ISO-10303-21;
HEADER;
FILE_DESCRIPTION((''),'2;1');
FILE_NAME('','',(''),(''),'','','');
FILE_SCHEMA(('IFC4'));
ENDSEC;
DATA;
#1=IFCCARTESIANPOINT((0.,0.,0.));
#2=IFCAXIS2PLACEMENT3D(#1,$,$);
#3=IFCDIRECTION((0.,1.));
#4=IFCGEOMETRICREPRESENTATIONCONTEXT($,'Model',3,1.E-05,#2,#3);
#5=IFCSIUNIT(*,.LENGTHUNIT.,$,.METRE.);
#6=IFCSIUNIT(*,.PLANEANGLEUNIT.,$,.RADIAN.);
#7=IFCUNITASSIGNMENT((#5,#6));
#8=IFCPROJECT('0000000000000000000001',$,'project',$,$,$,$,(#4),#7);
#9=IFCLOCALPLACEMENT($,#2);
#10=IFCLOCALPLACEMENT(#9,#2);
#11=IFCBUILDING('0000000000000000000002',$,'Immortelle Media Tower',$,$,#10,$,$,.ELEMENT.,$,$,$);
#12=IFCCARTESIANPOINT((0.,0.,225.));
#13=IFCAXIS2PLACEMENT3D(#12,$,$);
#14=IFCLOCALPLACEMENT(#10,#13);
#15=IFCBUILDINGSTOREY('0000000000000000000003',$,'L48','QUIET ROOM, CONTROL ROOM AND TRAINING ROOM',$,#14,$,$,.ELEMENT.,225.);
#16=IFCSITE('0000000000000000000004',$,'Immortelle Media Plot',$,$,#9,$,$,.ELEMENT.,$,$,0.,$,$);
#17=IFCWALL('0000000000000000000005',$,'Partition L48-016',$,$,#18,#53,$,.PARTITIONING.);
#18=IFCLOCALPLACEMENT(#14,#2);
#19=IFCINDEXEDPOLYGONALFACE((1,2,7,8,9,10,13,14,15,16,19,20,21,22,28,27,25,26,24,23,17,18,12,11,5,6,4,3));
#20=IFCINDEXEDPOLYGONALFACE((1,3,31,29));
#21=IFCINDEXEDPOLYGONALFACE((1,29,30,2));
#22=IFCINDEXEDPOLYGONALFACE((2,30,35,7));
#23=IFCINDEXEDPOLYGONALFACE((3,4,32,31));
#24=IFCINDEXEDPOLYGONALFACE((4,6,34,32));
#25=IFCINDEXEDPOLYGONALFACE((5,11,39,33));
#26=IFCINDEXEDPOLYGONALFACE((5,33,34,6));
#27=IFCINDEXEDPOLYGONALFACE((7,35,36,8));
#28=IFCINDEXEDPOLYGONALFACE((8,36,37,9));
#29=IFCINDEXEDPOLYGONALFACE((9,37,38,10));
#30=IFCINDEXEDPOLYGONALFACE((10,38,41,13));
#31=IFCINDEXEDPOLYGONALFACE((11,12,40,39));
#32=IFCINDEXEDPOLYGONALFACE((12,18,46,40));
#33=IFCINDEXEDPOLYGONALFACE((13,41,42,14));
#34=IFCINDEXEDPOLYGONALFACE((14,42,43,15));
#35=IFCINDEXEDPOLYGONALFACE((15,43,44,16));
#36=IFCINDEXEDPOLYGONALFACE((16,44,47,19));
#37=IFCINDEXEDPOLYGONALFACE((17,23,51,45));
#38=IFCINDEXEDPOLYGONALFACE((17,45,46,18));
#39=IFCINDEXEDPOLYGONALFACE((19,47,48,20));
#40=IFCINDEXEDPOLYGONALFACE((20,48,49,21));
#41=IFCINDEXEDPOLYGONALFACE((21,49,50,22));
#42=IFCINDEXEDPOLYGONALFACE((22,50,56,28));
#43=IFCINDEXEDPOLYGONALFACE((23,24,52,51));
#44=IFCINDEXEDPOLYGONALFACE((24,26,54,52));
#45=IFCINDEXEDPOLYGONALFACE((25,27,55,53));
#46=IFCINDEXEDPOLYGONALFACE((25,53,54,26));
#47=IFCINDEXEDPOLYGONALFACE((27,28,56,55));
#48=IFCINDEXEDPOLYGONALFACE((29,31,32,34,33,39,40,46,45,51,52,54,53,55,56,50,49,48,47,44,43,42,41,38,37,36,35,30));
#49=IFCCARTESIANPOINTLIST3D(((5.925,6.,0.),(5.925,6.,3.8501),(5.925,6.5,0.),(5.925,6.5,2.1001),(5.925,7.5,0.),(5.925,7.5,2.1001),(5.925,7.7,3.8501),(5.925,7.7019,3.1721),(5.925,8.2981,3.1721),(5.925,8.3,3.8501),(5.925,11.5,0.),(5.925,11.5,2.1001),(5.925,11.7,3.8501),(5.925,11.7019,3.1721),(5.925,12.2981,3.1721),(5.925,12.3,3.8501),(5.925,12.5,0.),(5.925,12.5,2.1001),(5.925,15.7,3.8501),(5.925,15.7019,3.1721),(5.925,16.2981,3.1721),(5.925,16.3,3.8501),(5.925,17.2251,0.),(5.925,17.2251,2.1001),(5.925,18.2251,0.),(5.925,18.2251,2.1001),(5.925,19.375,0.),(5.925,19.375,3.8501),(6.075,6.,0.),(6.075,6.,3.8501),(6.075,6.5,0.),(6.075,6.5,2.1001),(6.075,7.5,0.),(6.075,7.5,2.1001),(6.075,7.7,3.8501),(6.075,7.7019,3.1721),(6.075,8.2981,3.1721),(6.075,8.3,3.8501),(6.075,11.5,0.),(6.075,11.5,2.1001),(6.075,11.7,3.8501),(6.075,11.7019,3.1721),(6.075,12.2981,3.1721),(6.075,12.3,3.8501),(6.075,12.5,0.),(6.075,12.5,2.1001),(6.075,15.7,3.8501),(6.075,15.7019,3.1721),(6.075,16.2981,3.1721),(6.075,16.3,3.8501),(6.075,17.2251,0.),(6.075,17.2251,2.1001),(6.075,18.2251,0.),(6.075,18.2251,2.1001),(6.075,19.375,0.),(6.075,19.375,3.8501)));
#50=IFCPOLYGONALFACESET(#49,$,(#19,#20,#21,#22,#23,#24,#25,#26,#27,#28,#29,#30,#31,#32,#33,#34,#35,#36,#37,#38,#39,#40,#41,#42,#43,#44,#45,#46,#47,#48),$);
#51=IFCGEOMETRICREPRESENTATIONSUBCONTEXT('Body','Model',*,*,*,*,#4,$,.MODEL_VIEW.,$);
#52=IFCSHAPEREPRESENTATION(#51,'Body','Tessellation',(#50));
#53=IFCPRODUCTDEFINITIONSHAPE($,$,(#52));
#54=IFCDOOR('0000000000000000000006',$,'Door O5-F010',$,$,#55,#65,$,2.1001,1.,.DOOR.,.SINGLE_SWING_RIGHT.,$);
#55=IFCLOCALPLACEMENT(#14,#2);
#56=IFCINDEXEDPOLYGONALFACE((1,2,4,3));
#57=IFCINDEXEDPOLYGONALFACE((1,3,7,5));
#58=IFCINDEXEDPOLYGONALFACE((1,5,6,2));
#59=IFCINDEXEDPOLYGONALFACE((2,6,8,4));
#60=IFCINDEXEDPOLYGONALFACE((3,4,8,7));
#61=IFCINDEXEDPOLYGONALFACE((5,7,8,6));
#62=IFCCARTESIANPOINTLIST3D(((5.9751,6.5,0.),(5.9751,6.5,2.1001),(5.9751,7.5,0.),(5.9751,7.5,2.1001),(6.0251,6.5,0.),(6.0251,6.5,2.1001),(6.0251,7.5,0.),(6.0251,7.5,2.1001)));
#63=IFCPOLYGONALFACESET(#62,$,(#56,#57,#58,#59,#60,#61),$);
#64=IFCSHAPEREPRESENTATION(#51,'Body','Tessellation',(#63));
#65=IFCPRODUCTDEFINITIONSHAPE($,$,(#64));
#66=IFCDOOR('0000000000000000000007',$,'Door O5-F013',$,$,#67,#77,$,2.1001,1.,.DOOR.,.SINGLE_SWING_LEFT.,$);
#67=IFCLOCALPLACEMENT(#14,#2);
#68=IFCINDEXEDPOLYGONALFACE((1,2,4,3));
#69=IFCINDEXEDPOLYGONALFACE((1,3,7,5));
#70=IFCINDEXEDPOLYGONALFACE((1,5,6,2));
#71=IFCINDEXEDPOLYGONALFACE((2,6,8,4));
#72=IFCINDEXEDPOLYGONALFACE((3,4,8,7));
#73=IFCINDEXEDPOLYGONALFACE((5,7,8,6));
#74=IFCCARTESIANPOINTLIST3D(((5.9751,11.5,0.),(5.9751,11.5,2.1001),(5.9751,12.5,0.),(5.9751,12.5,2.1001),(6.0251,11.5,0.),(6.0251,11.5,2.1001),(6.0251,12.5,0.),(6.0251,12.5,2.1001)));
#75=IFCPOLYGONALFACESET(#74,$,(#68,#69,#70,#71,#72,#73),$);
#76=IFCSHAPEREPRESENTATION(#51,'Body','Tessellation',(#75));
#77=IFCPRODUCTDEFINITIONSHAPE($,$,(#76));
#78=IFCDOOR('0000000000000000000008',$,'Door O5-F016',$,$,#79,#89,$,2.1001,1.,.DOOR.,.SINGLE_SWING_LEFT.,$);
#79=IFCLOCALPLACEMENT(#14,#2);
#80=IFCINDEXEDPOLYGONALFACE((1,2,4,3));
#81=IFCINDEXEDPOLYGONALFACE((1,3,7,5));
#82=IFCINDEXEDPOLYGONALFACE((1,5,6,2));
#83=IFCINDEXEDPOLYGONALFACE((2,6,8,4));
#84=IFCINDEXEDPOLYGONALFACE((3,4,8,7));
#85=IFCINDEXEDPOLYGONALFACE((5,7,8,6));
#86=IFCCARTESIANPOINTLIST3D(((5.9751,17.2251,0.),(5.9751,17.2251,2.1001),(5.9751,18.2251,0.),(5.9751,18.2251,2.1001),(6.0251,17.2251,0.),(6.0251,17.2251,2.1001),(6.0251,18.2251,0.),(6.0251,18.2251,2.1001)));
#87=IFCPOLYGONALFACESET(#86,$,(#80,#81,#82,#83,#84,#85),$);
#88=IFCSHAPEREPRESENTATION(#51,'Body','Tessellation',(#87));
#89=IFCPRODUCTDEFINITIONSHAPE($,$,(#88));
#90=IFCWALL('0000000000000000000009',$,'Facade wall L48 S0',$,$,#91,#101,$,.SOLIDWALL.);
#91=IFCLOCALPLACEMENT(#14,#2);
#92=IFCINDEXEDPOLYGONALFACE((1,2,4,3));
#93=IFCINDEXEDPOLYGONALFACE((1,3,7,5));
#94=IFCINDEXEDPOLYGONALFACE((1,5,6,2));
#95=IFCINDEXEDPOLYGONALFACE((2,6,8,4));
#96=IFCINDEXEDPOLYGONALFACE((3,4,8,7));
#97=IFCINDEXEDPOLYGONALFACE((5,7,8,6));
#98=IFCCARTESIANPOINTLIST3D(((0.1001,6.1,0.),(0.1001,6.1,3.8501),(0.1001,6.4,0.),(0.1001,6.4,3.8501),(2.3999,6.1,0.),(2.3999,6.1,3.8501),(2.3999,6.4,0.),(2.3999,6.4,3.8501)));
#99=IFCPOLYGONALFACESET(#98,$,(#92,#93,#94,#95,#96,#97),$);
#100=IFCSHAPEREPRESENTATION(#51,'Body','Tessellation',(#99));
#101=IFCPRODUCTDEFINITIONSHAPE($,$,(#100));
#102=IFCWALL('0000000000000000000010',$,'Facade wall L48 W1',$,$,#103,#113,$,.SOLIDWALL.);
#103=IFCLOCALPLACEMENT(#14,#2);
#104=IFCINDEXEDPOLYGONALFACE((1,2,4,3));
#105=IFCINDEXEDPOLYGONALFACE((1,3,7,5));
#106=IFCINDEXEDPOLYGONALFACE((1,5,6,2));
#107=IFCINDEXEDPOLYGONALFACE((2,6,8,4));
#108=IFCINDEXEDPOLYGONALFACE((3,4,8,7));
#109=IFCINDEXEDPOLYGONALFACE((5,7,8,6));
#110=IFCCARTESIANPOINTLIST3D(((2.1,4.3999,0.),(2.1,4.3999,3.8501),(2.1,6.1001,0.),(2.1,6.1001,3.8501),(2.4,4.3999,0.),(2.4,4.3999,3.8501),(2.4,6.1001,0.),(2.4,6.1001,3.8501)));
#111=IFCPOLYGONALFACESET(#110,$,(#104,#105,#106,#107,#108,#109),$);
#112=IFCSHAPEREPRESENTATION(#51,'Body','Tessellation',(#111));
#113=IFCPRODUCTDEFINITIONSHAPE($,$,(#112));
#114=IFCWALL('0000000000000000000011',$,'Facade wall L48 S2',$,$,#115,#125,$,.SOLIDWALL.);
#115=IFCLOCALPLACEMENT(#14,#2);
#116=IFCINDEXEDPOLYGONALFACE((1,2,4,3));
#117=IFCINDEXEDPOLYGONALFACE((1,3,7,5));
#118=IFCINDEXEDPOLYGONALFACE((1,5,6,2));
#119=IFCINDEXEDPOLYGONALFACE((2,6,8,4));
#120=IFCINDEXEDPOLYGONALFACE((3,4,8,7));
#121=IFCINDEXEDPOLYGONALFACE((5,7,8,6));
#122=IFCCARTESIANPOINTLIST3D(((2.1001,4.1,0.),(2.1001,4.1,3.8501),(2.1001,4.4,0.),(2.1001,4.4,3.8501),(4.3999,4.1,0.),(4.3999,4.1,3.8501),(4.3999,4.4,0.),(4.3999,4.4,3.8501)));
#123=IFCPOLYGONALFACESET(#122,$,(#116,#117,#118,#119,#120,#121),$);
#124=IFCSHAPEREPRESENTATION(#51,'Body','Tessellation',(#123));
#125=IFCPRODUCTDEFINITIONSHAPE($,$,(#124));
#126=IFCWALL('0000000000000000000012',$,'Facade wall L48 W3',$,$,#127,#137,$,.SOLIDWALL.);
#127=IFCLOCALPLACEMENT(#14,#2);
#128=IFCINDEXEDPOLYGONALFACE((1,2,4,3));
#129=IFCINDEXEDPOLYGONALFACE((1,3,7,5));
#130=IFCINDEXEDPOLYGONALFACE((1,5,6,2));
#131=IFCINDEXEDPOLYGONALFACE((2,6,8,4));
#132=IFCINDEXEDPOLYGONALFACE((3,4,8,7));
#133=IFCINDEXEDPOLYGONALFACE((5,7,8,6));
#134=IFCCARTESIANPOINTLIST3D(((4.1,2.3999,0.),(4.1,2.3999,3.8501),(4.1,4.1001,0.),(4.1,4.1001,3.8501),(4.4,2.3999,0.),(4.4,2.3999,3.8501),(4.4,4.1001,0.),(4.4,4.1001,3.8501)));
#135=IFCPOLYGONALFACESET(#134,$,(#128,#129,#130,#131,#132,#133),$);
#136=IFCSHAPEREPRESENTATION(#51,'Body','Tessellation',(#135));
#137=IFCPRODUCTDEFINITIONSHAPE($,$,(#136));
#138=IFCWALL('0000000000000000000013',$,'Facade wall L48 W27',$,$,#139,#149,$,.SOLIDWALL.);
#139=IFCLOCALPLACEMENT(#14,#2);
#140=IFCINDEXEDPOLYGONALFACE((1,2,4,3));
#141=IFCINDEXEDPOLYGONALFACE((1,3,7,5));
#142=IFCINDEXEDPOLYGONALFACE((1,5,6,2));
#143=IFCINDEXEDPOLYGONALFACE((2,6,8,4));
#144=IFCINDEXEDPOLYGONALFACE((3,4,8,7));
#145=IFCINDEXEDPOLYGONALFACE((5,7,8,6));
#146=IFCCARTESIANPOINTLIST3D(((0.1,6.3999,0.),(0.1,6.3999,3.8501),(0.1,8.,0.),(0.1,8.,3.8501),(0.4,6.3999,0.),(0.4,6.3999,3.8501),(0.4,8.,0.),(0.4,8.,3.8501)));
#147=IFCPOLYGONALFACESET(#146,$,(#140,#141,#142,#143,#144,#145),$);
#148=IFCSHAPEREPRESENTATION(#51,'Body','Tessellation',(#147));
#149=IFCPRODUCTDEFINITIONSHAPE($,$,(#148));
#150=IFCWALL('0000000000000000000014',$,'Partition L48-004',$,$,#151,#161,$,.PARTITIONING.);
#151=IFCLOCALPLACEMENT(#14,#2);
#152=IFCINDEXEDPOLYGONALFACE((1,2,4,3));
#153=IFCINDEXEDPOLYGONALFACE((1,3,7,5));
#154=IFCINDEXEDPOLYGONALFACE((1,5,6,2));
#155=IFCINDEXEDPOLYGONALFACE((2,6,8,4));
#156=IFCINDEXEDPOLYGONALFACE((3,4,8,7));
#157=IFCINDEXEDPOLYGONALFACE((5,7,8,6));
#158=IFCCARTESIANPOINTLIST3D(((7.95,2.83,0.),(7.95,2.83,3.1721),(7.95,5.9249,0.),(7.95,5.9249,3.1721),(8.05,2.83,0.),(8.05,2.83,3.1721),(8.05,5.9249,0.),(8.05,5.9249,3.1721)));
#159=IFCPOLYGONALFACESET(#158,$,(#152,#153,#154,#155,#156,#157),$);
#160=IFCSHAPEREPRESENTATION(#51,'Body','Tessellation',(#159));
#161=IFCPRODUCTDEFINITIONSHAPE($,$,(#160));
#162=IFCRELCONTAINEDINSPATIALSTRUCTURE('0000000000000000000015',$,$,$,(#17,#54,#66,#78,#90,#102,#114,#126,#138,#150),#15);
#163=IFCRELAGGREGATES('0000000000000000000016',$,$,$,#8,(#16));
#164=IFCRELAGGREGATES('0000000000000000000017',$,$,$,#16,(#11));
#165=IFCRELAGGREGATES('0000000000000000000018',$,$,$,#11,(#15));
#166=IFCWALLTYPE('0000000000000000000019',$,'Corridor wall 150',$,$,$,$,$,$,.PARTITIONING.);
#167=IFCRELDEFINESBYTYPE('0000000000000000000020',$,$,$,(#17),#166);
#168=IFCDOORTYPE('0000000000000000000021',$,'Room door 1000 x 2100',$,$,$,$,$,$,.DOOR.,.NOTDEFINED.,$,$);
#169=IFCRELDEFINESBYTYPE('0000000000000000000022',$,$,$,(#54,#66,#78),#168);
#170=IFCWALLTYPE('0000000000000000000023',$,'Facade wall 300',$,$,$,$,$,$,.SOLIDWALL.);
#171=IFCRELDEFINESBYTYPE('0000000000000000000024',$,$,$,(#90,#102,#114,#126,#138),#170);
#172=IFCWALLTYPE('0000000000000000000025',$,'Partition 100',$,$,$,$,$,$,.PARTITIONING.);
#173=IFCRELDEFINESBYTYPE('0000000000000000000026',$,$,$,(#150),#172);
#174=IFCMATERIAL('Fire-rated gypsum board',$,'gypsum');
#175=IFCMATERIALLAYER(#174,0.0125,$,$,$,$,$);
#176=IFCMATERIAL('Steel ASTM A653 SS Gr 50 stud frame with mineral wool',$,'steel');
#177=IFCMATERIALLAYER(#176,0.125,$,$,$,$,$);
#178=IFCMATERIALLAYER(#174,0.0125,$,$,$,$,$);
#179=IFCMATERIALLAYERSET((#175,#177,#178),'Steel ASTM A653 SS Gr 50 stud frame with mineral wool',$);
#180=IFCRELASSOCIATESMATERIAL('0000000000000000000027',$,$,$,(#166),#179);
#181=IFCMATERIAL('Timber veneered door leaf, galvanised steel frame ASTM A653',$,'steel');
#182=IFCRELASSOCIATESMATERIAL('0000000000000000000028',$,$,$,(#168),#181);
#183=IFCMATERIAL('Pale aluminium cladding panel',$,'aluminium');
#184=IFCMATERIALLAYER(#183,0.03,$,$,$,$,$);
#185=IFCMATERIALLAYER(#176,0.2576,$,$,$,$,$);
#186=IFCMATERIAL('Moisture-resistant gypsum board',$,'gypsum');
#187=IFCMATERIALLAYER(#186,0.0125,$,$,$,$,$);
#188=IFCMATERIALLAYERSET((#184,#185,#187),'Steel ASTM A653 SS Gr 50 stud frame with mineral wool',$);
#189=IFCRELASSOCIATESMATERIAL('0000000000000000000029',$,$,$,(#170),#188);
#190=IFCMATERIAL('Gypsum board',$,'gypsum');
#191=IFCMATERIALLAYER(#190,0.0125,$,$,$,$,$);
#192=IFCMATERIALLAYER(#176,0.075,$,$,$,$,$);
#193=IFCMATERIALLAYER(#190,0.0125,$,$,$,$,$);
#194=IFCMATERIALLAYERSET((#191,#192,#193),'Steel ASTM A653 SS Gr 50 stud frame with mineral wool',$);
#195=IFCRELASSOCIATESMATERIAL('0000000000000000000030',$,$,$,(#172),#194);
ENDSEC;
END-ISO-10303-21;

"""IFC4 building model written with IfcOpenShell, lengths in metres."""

from ifc_helpers import new_model, si_unit, direction, frame, frame_2d, origin, place, context, subcontext, project, spatial, polyline, rectangle, outline, extrude, material, layer, layer_set, type_object, element, fill, save


model = new_model("IFC4")

# Units and contexts
model_context = context("Model", 3, precision=1e-05, world=origin(), true_north=direction((0.0, 1.0)))
body_context = subcontext(model_context, "Body", "Model", "MODEL_VIEW")
ifc_project = project(units=[si_unit("LENGTHUNIT", "METRE"), si_unit("PLANEANGLEUNIT", "RADIAN")], contexts=[model_context])

# Site, building, storey
site_placement = place(None, origin())
site = spatial("IfcSite", under=ifc_project, at=site_placement, Name="Immortelle Media Plot", CompositionType="ELEMENT", RefElevation=0.0)
building_placement = place(site_placement, origin())
building = spatial("IfcBuilding", under=site, at=building_placement, Name="Immortelle Media Tower", CompositionType="ELEMENT")
storey_placement = place(building_placement, frame((0.0, 0.0, 225.0)))
storey = spatial("IfcBuildingStorey", under=building, at=storey_placement, Name="L48", Description="QUIET ROOM, CONTROL ROOM AND TRAINING ROOM", CompositionType="ELEMENT", Elevation=225.0)

# Wall, openings, doors
ifc_material_1 = material(Name="Fire-rated gypsum board", Category="gypsum")
ifc_layer_1 = layer(ifc_material_1, 0.0125)
ifc_material_2 = material(Name="Steel ASTM A653 SS Gr 50 stud frame with mineral wool", Category="steel")
ifc_layer_2 = layer(ifc_material_2, 0.125)
ifc_layer_3 = layer(ifc_material_1, 0.0125)
ifc_layer_set_1 = layer_set([ifc_layer_1, ifc_layer_2, ifc_layer_3], Name="Steel ASTM A653 SS Gr 50 stud frame with mineral wool")
wall_type_1 = type_object("IfcWallType", Name="Corridor wall 150", PredefinedType="PARTITIONING", material=ifc_layer_set_1)
ifc_material_3 = material(Name="Timber veneered door leaf, galvanised steel frame ASTM A653", Category="steel")
door_type = type_object("IfcDoorType", Name="Room door 1000 x 2100", OperationType="NOTDEFINED", PredefinedType="DOOR", material=ifc_material_3)
wall_1_placement = place(storey_placement, frame((6.0, 6.0, 0.0), z_axis=(0.0, 0.0, 1.0), x_axis=(0.0, 1.0, 0.0)))
wall_1 = element("IfcWall", 1, at=wall_1_placement, inside=storey, type_object=wall_type_1, Name="Partition L48-016", PredefinedType="PARTITIONING", context=body_context, shape_type="SweptSolid", body=[
    extrude(outline(polyline([(0.0, 0.0), (13.375, 0.0), (13.375, 3.8501), (10.3, 3.8501), (10.2981, 3.1721), (9.7019, 3.1721), (9.7, 3.8501), (6.3, 3.8501), (6.2981, 3.1721), (5.7019, 3.1721), (5.7, 3.8501), (2.3, 3.8501), (2.2981, 3.1721), (1.7019, 3.1721), (1.7, 3.8501), (0.0, 3.8501), (0.0, 0.0)])), frame((0.0, 0.075, 0.0), z_axis=(0.0, -1.0, 0.0), x_axis=(1.0, 0.0, 0.0)), (0.0, 0.0, 1.0), 0.1499),
])
opening_1_placement = place(wall_1_placement, frame((0.5, 0.0, 0.0)))
opening_1 = element("IfcOpeningElement", 2, at=opening_1_placement, cuts=wall_1, PredefinedType="OPENING", context=body_context, shape_type="SweptSolid", body=[
    extrude(rectangle(XDim=1.0, YDim=2.1001, at=frame_2d((0.5, 1.05))), frame((0.0, 0.085, 0.0), z_axis=(0.0, -1.0, 0.0), x_axis=(1.0, 0.0, 0.0)), (0.0, 0.0, 1.0), 0.1699),
])
opening_2_placement = place(wall_1_placement, frame((5.5, 0.0, 0.0)))
opening_2 = element("IfcOpeningElement", 3, at=opening_2_placement, cuts=wall_1, PredefinedType="OPENING", context=body_context, shape_type="SweptSolid", body=[
    extrude(rectangle(XDim=1.0, YDim=2.1001, at=frame_2d((0.5, 1.05))), frame((0.0, 0.085, 0.0), z_axis=(0.0, -1.0, 0.0), x_axis=(1.0, 0.0, 0.0)), (0.0, 0.0, 1.0), 0.1699),
])
opening_3_placement = place(wall_1_placement, frame((11.2251, 0.0, 0.0)))
opening_3 = element("IfcOpeningElement", 4, at=opening_3_placement, cuts=wall_1, PredefinedType="OPENING", context=body_context, shape_type="SweptSolid", body=[
    extrude(rectangle(XDim=1.0, YDim=2.1001, at=frame_2d((0.5, 1.05))), frame((0.0, 0.085, 0.0), z_axis=(0.0, -1.0, 0.0), x_axis=(1.0, 0.0, 0.0)), (0.0, 0.0, 1.0), 0.1699),
])
door_1_placement = place(opening_1_placement, origin())
door_1 = element("IfcDoor", 5, at=door_1_placement, inside=storey, type_object=door_type, Name="Door O5-F010", OperationType="SINGLE_SWING_RIGHT", OverallHeight=2.1001, OverallWidth=1.0, PredefinedType="DOOR", context=body_context, shape_type="SweptSolid", body=[
    extrude(rectangle(XDim=1.0, YDim=2.1001, at=frame_2d((0.5, 1.05))), frame((0.0, 0.0249, 0.0), z_axis=(0.0, -1.0, 0.0), x_axis=(1.0, 0.0, 0.0)), (0.0, 0.0, 1.0), 0.05),
])
fill(opening_1, door_1)
door_2_placement = place(opening_2_placement, origin())
door_2 = element("IfcDoor", 6, at=door_2_placement, inside=storey, type_object=door_type, Name="Door O5-F013", OperationType="SINGLE_SWING_LEFT", OverallHeight=2.1001, OverallWidth=1.0, PredefinedType="DOOR", context=body_context, shape_type="SweptSolid", body=[
    extrude(rectangle(XDim=1.0, YDim=2.1001, at=frame_2d((0.5, 1.05))), frame((0.0, 0.0249, 0.0), z_axis=(0.0, -1.0, 0.0), x_axis=(1.0, 0.0, 0.0)), (0.0, 0.0, 1.0), 0.05),
])
fill(opening_2, door_2)
door_3_placement = place(opening_3_placement, origin())
door_3 = element("IfcDoor", 7, at=door_3_placement, inside=storey, type_object=door_type, Name="Door O5-F016", OperationType="SINGLE_SWING_LEFT", OverallHeight=2.1001, OverallWidth=1.0, PredefinedType="DOOR", context=body_context, shape_type="SweptSolid", body=[
    extrude(rectangle(XDim=1.0, YDim=2.1001, at=frame_2d((0.5, 1.05))), frame((0.0, 0.0249, 0.0), z_axis=(0.0, -1.0, 0.0), x_axis=(1.0, 0.0, 0.0)), (0.0, 0.0, 1.0), 0.05),
])
fill(opening_3, door_3)

# Walls
ifc_material_4 = material(Name="Pale aluminium cladding panel", Category="aluminium")
ifc_layer_4 = layer(ifc_material_4, 0.03)
ifc_layer_5 = layer(ifc_material_2, 0.2576)
ifc_material_5 = material(Name="Moisture-resistant gypsum board", Category="gypsum")
ifc_layer_6 = layer(ifc_material_5, 0.0125)
ifc_layer_set_2 = layer_set([ifc_layer_4, ifc_layer_5, ifc_layer_6], Name="Steel ASTM A653 SS Gr 50 stud frame with mineral wool")
wall_type_2 = type_object("IfcWallType", Name="Facade wall 300", PredefinedType="SOLIDWALL", material=ifc_layer_set_2)
wall_2_placement = place(storey_placement, frame((0.1001, 6.25, 0.0), z_axis=(0.0, 0.0, 1.0), x_axis=(1.0, 0.0, 0.0)))
element("IfcWall", 8, at=wall_2_placement, inside=storey, type_object=wall_type_2, Name="Facade wall L48 S0", PredefinedType="SOLIDWALL", context=body_context, shape_type="SweptSolid", body=[
    extrude(rectangle(XDim=2.2998, YDim=0.3, at=frame_2d((1.1499, 0.0))), origin(), (0.0, 0.0, 1.0), 3.8501),
])
wall_3_placement = place(storey_placement, frame((2.25, 6.1001, 0.0), z_axis=(0.0, 0.0, 1.0), x_axis=(0.0, -1.0, 0.0)))
element("IfcWall", 9, at=wall_3_placement, inside=storey, type_object=wall_type_2, Name="Facade wall L48 W1", PredefinedType="SOLIDWALL", context=body_context, shape_type="SweptSolid", body=[
    extrude(rectangle(XDim=1.7002, YDim=0.3, at=frame_2d((0.8501, 0.0))), origin(), (0.0, 0.0, 1.0), 3.8501),
])
wall_4_placement = place(storey_placement, frame((2.1001, 4.25, 0.0), z_axis=(0.0, 0.0, 1.0), x_axis=(1.0, 0.0, 0.0)))
element("IfcWall", 10, at=wall_4_placement, inside=storey, type_object=wall_type_2, Name="Facade wall L48 S2", PredefinedType="SOLIDWALL", context=body_context, shape_type="SweptSolid", body=[
    extrude(rectangle(XDim=2.2998, YDim=0.3, at=frame_2d((1.1499, 0.0))), origin(), (0.0, 0.0, 1.0), 3.8501),
])
wall_5_placement = place(storey_placement, frame((4.25, 4.1001, 0.0), z_axis=(0.0, 0.0, 1.0), x_axis=(0.0, -1.0, 0.0)))
element("IfcWall", 11, at=wall_5_placement, inside=storey, type_object=wall_type_2, Name="Facade wall L48 W3", PredefinedType="SOLIDWALL", context=body_context, shape_type="SweptSolid", body=[
    extrude(rectangle(XDim=1.7002, YDim=0.3, at=frame_2d((0.8501, 0.0))), origin(), (0.0, 0.0, 1.0), 3.8501),
])
wall_6_placement = place(storey_placement, frame((0.25, 8.0, 0.0), z_axis=(0.0, 0.0, 1.0), x_axis=(0.0, -1.0, 0.0)))
element("IfcWall", 12, at=wall_6_placement, inside=storey, type_object=wall_type_2, Name="Facade wall L48 W27", PredefinedType="SOLIDWALL", context=body_context, shape_type="SweptSolid", body=[
    extrude(rectangle(XDim=1.6001, YDim=0.3, at=frame_2d((0.8, 0.0))), origin(), (0.0, 0.0, 1.0), 3.8501),
])
ifc_material_6 = material(Name="Gypsum board", Category="gypsum")
ifc_layer_7 = layer(ifc_material_6, 0.0125)
ifc_layer_8 = layer(ifc_material_2, 0.075)
ifc_layer_9 = layer(ifc_material_6, 0.0125)
ifc_layer_set_3 = layer_set([ifc_layer_7, ifc_layer_8, ifc_layer_9], Name="Steel ASTM A653 SS Gr 50 stud frame with mineral wool")
wall_type_3 = type_object("IfcWallType", Name="Partition 100", PredefinedType="PARTITIONING", material=ifc_layer_set_3)
wall_7_placement = place(storey_placement, frame((8.0, 2.8301, 0.0), z_axis=(0.0, 0.0, 1.0), x_axis=(0.0, 1.0, 0.0)))
element("IfcWall", 13, at=wall_7_placement, inside=storey, type_object=wall_type_3, Name="Partition L48-004", PredefinedType="PARTITIONING", context=body_context, shape_type="SweptSolid", body=[
    extrude(rectangle(XDim=3.095, YDim=0.1001, at=frame_2d((1.5474, 0.0))), origin(), (0.0, 0.0, 1.0), 3.1721),
])

save(model, "model.ifc")
